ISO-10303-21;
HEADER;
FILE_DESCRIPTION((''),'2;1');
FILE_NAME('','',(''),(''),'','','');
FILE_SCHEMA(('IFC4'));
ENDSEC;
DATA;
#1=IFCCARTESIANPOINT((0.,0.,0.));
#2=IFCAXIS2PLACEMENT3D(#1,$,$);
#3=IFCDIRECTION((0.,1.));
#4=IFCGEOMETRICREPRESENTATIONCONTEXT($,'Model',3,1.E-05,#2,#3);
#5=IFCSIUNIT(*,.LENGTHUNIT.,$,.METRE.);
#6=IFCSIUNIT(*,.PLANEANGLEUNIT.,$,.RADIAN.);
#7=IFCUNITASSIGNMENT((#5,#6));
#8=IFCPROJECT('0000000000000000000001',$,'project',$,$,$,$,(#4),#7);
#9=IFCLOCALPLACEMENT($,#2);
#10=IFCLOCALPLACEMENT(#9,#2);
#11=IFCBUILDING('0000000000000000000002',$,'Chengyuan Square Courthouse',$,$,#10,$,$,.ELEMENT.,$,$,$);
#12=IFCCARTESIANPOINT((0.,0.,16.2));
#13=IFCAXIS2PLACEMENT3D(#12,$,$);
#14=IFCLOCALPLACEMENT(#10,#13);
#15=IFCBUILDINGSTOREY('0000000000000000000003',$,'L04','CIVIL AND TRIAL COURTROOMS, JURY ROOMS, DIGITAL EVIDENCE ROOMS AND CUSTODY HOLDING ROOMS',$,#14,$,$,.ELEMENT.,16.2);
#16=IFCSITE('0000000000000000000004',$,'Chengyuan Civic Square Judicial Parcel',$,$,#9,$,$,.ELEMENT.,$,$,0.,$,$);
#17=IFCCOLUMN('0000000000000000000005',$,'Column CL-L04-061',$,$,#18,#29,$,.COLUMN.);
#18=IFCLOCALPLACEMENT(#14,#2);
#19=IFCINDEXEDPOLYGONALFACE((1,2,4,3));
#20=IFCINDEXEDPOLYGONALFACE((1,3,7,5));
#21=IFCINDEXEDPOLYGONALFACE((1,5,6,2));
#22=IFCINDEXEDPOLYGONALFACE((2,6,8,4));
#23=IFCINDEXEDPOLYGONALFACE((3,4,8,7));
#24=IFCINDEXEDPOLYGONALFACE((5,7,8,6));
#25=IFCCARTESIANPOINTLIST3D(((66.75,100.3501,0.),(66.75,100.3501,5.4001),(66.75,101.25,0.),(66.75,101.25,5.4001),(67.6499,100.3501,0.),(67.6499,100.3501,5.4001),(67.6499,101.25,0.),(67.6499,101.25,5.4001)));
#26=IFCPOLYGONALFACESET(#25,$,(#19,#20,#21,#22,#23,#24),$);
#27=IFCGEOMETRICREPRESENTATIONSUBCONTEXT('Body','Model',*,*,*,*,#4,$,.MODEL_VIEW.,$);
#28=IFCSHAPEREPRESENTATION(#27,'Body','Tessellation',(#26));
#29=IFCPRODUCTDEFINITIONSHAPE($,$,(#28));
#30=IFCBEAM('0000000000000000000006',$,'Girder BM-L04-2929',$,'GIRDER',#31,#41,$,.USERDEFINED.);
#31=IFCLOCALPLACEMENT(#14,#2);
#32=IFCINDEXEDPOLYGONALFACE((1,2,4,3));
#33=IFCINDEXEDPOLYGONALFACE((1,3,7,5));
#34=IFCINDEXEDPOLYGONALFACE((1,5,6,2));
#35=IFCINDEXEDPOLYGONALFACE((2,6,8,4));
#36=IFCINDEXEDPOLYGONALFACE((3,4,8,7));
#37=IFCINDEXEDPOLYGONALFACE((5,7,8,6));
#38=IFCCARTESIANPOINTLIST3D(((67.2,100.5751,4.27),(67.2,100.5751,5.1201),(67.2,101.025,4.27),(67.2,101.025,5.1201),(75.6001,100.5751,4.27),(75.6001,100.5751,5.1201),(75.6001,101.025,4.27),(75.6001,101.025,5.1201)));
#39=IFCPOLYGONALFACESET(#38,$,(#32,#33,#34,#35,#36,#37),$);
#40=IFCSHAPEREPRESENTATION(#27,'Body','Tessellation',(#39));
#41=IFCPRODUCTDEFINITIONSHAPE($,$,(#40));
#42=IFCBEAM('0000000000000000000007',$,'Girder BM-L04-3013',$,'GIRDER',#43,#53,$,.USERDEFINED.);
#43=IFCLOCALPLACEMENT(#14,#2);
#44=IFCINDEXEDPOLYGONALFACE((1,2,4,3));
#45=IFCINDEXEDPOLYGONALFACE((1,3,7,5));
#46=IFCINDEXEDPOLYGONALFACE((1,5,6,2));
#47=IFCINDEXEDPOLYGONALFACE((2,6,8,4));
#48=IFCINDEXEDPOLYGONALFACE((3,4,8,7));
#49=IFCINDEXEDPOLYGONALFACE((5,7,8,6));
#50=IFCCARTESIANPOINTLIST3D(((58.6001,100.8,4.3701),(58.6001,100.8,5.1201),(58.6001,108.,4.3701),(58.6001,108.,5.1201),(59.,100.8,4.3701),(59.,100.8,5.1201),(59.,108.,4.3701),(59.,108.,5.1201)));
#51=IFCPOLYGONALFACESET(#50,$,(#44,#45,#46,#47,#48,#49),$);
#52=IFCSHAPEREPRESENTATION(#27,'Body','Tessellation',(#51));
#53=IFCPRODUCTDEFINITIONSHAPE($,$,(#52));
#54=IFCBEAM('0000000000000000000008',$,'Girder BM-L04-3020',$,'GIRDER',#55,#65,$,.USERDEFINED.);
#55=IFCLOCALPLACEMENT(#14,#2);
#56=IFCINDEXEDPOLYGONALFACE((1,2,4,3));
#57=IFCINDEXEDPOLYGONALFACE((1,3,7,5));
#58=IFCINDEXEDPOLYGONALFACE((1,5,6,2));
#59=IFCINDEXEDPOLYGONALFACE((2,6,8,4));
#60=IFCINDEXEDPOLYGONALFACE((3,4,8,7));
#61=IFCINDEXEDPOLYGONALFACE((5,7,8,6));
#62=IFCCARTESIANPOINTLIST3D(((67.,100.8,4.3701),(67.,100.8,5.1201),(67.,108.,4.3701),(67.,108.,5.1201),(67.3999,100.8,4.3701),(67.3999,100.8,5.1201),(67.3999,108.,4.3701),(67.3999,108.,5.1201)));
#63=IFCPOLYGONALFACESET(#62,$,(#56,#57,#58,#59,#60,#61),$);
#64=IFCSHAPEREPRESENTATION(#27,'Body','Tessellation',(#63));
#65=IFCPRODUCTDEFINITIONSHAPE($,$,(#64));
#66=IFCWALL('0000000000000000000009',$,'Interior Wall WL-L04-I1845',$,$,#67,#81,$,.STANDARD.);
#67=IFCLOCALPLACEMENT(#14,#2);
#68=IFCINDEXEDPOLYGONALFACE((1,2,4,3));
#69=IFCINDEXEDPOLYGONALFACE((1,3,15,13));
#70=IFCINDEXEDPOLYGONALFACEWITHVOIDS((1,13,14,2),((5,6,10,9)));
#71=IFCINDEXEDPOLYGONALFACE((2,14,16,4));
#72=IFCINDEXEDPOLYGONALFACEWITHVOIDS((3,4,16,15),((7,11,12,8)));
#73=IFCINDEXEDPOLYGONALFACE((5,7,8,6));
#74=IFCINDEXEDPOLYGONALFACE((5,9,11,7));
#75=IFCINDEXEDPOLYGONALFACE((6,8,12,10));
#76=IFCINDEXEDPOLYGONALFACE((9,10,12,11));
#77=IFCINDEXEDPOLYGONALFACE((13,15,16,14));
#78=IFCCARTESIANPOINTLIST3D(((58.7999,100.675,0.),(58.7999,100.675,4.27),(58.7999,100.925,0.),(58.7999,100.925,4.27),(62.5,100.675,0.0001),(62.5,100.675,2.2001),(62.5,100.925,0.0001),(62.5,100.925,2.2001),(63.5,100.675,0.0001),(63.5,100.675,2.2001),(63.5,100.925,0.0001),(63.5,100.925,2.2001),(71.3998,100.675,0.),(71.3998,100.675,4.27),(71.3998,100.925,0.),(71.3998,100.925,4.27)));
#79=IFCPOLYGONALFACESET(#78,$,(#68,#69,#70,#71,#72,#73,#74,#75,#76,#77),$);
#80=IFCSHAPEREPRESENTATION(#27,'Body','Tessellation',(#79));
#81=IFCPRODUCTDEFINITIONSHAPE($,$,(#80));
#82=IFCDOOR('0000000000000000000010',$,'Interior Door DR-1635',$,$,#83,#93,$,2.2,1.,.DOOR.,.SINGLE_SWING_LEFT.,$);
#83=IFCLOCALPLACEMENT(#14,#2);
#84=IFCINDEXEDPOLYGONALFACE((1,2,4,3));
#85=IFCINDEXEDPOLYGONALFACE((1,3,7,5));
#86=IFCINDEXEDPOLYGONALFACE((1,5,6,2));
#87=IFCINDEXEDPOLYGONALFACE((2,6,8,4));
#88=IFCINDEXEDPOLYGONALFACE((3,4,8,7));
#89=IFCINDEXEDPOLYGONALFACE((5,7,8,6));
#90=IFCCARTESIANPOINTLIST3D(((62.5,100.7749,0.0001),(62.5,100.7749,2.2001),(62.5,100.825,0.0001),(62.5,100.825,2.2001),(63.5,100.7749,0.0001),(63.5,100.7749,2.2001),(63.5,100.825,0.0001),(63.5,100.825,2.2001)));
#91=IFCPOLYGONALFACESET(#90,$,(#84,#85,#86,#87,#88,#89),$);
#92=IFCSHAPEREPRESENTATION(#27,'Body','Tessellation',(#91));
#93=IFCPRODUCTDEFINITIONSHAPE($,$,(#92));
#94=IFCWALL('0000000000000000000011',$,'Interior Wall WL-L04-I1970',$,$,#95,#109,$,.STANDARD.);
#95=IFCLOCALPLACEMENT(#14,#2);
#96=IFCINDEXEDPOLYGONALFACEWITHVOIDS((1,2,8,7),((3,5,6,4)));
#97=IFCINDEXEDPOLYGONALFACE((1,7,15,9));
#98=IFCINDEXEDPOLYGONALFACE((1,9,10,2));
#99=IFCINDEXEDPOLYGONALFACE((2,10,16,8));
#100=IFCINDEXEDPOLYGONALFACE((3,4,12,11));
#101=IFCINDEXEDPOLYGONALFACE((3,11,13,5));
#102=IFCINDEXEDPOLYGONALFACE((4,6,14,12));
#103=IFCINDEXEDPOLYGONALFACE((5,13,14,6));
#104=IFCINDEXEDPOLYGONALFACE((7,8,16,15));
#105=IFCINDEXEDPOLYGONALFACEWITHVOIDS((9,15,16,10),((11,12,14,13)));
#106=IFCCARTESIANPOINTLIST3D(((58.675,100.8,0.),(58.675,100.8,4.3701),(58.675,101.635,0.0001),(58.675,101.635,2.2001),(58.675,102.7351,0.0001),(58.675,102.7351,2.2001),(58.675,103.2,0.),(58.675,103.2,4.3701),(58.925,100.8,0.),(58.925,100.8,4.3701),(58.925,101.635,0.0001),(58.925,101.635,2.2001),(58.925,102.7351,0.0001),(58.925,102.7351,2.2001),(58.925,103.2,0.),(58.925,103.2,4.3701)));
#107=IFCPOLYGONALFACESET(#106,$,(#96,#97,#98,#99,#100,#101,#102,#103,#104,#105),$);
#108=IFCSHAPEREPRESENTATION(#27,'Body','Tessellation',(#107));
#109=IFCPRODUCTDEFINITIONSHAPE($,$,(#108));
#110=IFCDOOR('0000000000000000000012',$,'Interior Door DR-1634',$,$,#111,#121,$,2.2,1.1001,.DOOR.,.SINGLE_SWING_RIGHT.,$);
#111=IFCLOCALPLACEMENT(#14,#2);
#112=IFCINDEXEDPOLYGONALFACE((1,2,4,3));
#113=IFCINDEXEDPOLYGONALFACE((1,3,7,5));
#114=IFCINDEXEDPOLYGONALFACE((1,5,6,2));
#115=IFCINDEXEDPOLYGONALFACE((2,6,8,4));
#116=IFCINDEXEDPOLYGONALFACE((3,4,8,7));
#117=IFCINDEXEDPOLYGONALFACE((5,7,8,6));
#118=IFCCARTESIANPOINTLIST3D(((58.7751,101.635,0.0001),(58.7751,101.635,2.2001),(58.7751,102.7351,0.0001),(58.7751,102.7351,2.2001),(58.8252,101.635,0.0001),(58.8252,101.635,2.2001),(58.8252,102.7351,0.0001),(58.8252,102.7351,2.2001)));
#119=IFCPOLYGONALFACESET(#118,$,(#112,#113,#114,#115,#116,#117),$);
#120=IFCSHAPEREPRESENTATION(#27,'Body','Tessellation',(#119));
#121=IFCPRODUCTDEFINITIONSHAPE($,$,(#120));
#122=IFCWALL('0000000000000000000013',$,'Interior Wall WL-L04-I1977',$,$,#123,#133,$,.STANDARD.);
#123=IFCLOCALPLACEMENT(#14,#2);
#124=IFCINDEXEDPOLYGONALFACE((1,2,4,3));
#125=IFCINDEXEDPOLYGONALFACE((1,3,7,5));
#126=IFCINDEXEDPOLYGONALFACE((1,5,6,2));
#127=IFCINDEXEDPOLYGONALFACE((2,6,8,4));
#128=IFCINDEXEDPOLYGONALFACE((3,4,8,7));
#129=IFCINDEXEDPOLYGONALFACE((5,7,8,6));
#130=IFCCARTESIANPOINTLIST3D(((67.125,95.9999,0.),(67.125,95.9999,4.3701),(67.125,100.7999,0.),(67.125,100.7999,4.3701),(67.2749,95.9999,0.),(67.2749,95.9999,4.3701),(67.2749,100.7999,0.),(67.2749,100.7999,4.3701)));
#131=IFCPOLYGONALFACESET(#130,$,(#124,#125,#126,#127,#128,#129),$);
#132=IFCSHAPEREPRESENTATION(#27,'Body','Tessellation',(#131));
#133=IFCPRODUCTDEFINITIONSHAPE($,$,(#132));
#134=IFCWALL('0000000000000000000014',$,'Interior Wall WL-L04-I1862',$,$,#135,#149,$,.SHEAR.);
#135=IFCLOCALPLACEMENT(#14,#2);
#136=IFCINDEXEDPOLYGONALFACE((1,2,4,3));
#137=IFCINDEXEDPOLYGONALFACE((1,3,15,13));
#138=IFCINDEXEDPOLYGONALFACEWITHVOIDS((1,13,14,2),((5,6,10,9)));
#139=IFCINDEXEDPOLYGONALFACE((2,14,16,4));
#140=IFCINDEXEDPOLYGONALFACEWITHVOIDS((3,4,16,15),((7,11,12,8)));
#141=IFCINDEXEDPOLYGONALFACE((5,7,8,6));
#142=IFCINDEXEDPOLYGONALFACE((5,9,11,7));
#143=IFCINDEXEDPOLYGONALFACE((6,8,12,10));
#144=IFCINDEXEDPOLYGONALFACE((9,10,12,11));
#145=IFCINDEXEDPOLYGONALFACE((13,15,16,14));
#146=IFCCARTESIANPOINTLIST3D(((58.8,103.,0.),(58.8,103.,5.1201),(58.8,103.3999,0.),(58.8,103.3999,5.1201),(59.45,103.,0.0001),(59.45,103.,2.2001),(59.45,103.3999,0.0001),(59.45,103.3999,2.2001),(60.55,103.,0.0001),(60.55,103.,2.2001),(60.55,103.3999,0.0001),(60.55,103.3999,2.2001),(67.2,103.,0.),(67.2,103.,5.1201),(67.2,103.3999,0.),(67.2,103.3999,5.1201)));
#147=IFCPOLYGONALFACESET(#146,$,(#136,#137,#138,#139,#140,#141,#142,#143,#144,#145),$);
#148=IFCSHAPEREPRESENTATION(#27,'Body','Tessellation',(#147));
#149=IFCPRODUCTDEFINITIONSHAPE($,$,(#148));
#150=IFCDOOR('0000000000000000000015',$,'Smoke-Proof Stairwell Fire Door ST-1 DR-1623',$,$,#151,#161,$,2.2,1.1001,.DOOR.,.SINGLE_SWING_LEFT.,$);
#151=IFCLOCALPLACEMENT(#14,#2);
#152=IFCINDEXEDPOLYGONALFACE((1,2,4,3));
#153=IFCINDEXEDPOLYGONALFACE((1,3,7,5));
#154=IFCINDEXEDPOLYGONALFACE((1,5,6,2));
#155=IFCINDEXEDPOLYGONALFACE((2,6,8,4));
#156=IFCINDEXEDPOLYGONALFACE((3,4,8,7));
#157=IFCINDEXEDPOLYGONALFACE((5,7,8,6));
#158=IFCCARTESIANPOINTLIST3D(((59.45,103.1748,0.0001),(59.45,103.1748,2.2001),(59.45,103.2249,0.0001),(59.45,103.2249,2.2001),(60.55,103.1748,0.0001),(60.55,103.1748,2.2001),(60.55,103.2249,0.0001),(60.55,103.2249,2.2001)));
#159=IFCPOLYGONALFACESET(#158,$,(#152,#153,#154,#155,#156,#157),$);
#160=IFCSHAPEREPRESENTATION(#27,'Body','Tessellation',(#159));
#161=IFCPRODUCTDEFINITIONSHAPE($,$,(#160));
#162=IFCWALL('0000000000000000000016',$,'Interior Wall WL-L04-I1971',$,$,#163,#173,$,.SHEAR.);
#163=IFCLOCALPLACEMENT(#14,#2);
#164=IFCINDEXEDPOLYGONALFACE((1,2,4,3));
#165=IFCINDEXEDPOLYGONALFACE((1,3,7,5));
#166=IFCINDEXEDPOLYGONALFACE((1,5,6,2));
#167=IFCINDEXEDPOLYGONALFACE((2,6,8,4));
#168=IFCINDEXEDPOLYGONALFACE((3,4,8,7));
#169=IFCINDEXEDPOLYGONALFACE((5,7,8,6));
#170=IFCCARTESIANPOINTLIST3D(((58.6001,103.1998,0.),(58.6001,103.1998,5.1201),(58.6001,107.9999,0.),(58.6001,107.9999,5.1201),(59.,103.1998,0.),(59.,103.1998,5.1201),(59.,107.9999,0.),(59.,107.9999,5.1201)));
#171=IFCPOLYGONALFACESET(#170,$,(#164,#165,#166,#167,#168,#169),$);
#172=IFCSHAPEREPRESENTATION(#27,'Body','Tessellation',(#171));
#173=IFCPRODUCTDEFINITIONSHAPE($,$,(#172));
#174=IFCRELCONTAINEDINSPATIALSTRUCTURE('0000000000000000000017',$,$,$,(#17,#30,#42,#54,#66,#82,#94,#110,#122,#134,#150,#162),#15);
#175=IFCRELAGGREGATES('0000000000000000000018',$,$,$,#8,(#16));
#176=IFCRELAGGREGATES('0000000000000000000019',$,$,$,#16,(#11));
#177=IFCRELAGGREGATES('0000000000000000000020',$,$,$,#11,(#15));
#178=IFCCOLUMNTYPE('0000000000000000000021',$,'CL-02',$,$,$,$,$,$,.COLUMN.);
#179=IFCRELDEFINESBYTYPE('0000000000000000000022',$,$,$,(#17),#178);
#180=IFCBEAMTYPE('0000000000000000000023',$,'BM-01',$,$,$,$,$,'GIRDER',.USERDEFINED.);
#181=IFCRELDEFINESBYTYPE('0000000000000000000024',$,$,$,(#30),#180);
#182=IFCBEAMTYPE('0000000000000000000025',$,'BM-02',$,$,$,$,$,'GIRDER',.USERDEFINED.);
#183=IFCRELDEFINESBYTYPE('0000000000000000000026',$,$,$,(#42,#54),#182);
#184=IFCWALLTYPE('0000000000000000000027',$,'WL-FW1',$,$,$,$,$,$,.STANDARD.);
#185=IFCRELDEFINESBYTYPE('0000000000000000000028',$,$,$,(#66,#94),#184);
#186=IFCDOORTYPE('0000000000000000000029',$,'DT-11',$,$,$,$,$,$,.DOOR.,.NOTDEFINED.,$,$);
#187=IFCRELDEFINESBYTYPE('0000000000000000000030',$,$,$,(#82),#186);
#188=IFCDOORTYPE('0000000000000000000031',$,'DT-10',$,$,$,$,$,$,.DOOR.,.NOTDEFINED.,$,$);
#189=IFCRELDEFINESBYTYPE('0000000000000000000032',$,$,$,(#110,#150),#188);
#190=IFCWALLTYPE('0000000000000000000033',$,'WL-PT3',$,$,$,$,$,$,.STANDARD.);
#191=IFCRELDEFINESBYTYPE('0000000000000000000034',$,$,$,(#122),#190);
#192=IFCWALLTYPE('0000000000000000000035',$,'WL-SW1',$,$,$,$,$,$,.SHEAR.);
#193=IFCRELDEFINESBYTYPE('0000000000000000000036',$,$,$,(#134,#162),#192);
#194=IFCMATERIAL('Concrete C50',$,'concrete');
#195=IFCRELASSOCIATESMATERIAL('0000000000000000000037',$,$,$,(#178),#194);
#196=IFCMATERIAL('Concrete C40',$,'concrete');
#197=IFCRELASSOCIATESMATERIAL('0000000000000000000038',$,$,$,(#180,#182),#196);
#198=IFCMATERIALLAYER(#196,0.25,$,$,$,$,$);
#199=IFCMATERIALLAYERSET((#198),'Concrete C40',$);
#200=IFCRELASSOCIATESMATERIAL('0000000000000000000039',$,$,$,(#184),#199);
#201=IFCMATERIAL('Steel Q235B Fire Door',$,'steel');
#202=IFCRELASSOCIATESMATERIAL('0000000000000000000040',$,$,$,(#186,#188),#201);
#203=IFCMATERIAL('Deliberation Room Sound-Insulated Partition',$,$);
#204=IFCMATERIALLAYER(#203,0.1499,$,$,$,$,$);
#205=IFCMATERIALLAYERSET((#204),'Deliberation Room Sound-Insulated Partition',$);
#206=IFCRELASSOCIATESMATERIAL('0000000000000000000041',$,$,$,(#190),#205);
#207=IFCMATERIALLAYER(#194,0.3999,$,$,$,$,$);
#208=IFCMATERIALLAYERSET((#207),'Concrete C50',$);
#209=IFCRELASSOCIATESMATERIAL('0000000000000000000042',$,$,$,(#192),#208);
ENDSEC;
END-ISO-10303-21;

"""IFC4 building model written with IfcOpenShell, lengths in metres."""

from ifc_helpers import new_model, si_unit, direction, frame, frame_2d, origin, origin_2d, place, context, subcontext, project, spatial, rectangle, extrude, material, layer, layer_set, material_profile, profile_set, type_object, element, fill, save


model = new_model("IFC4")

# Units and contexts
model_context = context("Model", 3, precision=1e-05, world=origin(), true_north=direction((0.0, 1.0)))
body_context = subcontext(model_context, "Body", "Model", "MODEL_VIEW")
ifc_project = project(units=[si_unit("LENGTHUNIT", "METRE"), si_unit("PLANEANGLEUNIT", "RADIAN")], contexts=[model_context])

# Site, building, storey
site_placement = place(None, origin())
site = spatial("IfcSite", under=ifc_project, at=site_placement, Name="Chengyuan Civic Square Judicial Parcel", CompositionType="ELEMENT", RefElevation=0.0)
building_placement = place(site_placement, origin())
building = spatial("IfcBuilding", under=site, at=building_placement, Name="Chengyuan Square Courthouse", CompositionType="ELEMENT")
storey_placement = place(building_placement, frame((0.0, 0.0, 16.2)))
storey = spatial("IfcBuildingStorey", under=building, at=storey_placement, Name="L04", Description="CIVIL AND TRIAL COURTROOMS, JURY ROOMS, DIGITAL EVIDENCE ROOMS AND CUSTODY HOLDING ROOMS", CompositionType="ELEMENT", Elevation=16.2)

# Column
ifc_material_1 = material(Name="Concrete C50", Category="concrete")
ifc_material_profile_1 = material_profile(ifc_material_1, rectangle(XDim=0.8999, YDim=0.8999, at=origin_2d()), Name="RC-COL-900x900")
ifc_profile_set_1 = profile_set([ifc_material_profile_1], Name="Concrete C50")
column_type = type_object("IfcColumnType", Name="CL-02", PredefinedType="COLUMN", material=ifc_profile_set_1)
column_placement = place(storey_placement, frame((67.2, 100.8, 0.0), z_axis=(0.0, 0.0, 1.0), x_axis=(1.0, 0.0, 0.0)))
element("IfcColumn", 1, at=column_placement, inside=storey, type_object=column_type, Name="Column CL-L04-061", PredefinedType="COLUMN", context=body_context, shape_type="SweptSolid", body=[
    extrude(rectangle(XDim=0.8999, YDim=0.8999, at=origin_2d()), origin(), (0.0, 0.0, 1.0), 5.4001),
])

# Beams
ifc_material_2 = material(Name="Concrete C40", Category="concrete")
ifc_material_profile_2 = material_profile(ifc_material_2, rectangle(XDim=0.45, YDim=0.8501, at=origin_2d()), Name="RC-BM-450x850")
ifc_profile_set_2 = profile_set([ifc_material_profile_2], Name="Concrete C40")
beam_type_1 = type_object("IfcBeamType", Name="BM-01", ElementType="GIRDER", PredefinedType="USERDEFINED", material=ifc_profile_set_2)
beam_placement = place(storey_placement, frame((67.2, 100.8, 4.6951), z_axis=(1.0, 0.0, 0.0), x_axis=(0.0, 1.0, 0.0)))
element("IfcBeam", 2, at=beam_placement, inside=storey, type_object=beam_type_1, Name="Girder BM-L04-2929", ObjectType="GIRDER", PredefinedType="USERDEFINED", context=body_context, shape_type="SweptSolid", body=[
    extrude(rectangle(XDim=0.45, YDim=0.8501, at=origin_2d()), origin(), (0.0, 0.0, 1.0), 8.4001),
])
ifc_material_profile_3 = material_profile(ifc_material_2, rectangle(XDim=0.3999, YDim=0.75, at=origin_2d()), Name="RC-BM-400x750")
ifc_profile_set_3 = profile_set([ifc_material_profile_3], Name="Concrete C40")
beam_type_2 = type_object("IfcBeamType", Name="BM-02", ElementType="GIRDER", PredefinedType="USERDEFINED", material=ifc_profile_set_3)
for number, where, z_axis, x_axis, name in (
    (3, (58.8, 100.8, 4.7451), (0.0, 1.0, 0.0), (-1.0, 0.0, 0.0), "Girder BM-L04-3013"),
    (4, (67.2, 100.8, 4.7451), (0.0, 1.0, 0.0), (-1.0, 0.0, 0.0), "Girder BM-L04-3020"),
):
    element("IfcBeam", number, at=place(storey_placement, frame(where, z_axis=z_axis, x_axis=x_axis)), inside=storey, type_object=beam_type_2, Name=name, ObjectType="GIRDER", PredefinedType="USERDEFINED", context=body_context, shape_type="SweptSolid", body=[
        extrude(rectangle(XDim=0.3999, YDim=0.75, at=origin_2d()), origin(), (0.0, 0.0, 1.0), 7.2),
    ])

# Walls, openings, doors
ifc_layer_1 = layer(ifc_material_2, 0.25)
ifc_layer_set_1 = layer_set([ifc_layer_1], Name="Concrete C40")
wall_type_1 = type_object("IfcWallType", Name="WL-FW1", PredefinedType="STANDARD", material=ifc_layer_set_1)
wall_1_placement = place(storey_placement, frame((58.8, 100.8, 0.0), z_axis=(0.0, 0.0, 1.0), x_axis=(1.0, 0.0, 0.0)))
wall_1 = element("IfcWall", 5, at=wall_1_placement, inside=storey, type_object=wall_type_1, Name="Interior Wall WL-L04-I1845", PredefinedType="STANDARD", context=body_context, shape_type="SweptSolid", body=[
    extrude(rectangle(XDim=12.5999, YDim=0.25, at=frame_2d((6.2998, 0.0))), origin(), (0.0, 0.0, 1.0), 4.27),
])
opening_1_placement = place(wall_1_placement, frame((3.7, 0.0, 0.0)))
opening_1 = element("IfcOpeningElement", 6, at=opening_1_placement, cuts=wall_1, PredefinedType="OPENING", context=body_context, shape_type="SweptSolid", body=[
    extrude(rectangle(XDim=1.0, YDim=2.2, at=frame_2d((0.5, 1.1001))), frame((0.0, 0.137, 0.0), z_axis=(0.0, -1.0, 0.0), x_axis=(1.0, 0.0, 0.0)), (0.0, 0.0, 1.0), 0.2739),
])
ifc_material_3 = material(Name="Steel Q235B Fire Door", Category="steel")
door_type_1 = type_object("IfcDoorType", Name="DT-11", OperationType="NOTDEFINED", PredefinedType="DOOR", material=ifc_material_3)
door_1_placement = place(opening_1_placement, origin())
door_1 = element("IfcDoor", 7, at=door_1_placement, inside=storey, type_object=door_type_1, Name="Interior Door DR-1635", OperationType="SINGLE_SWING_LEFT", OverallHeight=2.2, OverallWidth=1.0, PredefinedType="DOOR", context=body_context, shape_type="SweptSolid", body=[
    extrude(rectangle(XDim=1.0, YDim=2.2, at=frame_2d((0.5, 1.1001))), frame((0.0, 0.0249, 0.0), z_axis=(0.0, -1.0, 0.0), x_axis=(1.0, 0.0, 0.0)), (0.0, 0.0, 1.0), 0.05),
])
fill(opening_1, door_1)
wall_2_placement = place(storey_placement, frame((58.8, 100.8, 0.0), z_axis=(0.0, 0.0, 1.0), x_axis=(0.0, 1.0, 0.0)))
wall_2 = element("IfcWall", 8, at=wall_2_placement, inside=storey, type_object=wall_type_1, Name="Interior Wall WL-L04-I1970", PredefinedType="STANDARD", context=body_context, shape_type="SweptSolid", body=[
    extrude(rectangle(XDim=2.3999, YDim=0.25, at=frame_2d((1.2, 0.0))), origin(), (0.0, 0.0, 1.0), 4.3701),
])
opening_2_placement = place(wall_2_placement, frame((0.835, 0.0, 0.0)))
opening_2 = element("IfcOpeningElement", 9, at=opening_2_placement, cuts=wall_2, PredefinedType="OPENING", context=body_context, shape_type="SweptSolid", body=[
    extrude(rectangle(XDim=1.1001, YDim=2.2, at=frame_2d((0.55, 1.1001))), frame((0.0, 0.137, 0.0), z_axis=(0.0, -1.0, 0.0), x_axis=(1.0, 0.0, 0.0)), (0.0, 0.0, 1.0), 0.2739),
])
door_type_2 = type_object("IfcDoorType", Name="DT-10", OperationType="NOTDEFINED", PredefinedType="DOOR", material=ifc_material_3)
door_2_placement = place(opening_2_placement, origin())
door_2 = element("IfcDoor", 10, at=door_2_placement, inside=storey, type_object=door_type_2, Name="Interior Door DR-1634", OperationType="SINGLE_SWING_RIGHT", OverallHeight=2.2, OverallWidth=1.1001, PredefinedType="DOOR", context=body_context, shape_type="SweptSolid", body=[
    extrude(rectangle(XDim=1.1001, YDim=2.2, at=frame_2d((0.55, 1.1001))), frame((0.0, 0.0249, 0.0), z_axis=(0.0, -1.0, 0.0), x_axis=(1.0, 0.0, 0.0)), (0.0, 0.0, 1.0), 0.05),
])
fill(opening_2, door_2)

# Wall
ifc_material_4 = material(Name="Deliberation Room Sound-Insulated Partition")
ifc_layer_2 = layer(ifc_material_4, 0.1499)
ifc_layer_set_2 = layer_set([ifc_layer_2], Name="Deliberation Room Sound-Insulated Partition")
wall_type_2 = type_object("IfcWallType", Name="WL-PT3", PredefinedType="STANDARD", material=ifc_layer_set_2)
wall_3_placement = place(storey_placement, frame((67.2, 96.0, 0.0), z_axis=(0.0, 0.0, 1.0), x_axis=(0.0, 1.0, 0.0)))
element("IfcWall", 11, at=wall_3_placement, inside=storey, type_object=wall_type_2, Name="Interior Wall WL-L04-I1977", PredefinedType="STANDARD", context=body_context, shape_type="SweptSolid", body=[
    extrude(rectangle(XDim=4.8, YDim=0.1499, at=frame_2d((2.3999, 0.0))), origin(), (0.0, 0.0, 1.0), 4.3701),
])

# Wall, opening, door
ifc_layer_3 = layer(ifc_material_1, 0.3999)
ifc_layer_set_3 = layer_set([ifc_layer_3], Name="Concrete C50")
wall_type_3 = type_object("IfcWallType", Name="WL-SW1", PredefinedType="SHEAR", material=ifc_layer_set_3)
wall_4_placement = place(storey_placement, frame((58.8, 103.2, 0.0), z_axis=(0.0, 0.0, 1.0), x_axis=(1.0, 0.0, 0.0)))
wall_4 = element("IfcWall", 12, at=wall_4_placement, inside=storey, type_object=wall_type_3, Name="Interior Wall WL-L04-I1862", PredefinedType="SHEAR", context=body_context, shape_type="SweptSolid", body=[
    extrude(rectangle(XDim=8.3999, YDim=0.3999, at=frame_2d((4.2, 0.0))), origin(), (0.0, 0.0, 1.0), 5.1201),
])
opening_3_placement = place(wall_4_placement, frame((0.6499, 0.0, 0.0)))
opening_3 = element("IfcOpeningElement", 13, at=opening_3_placement, cuts=wall_4, PredefinedType="OPENING", context=body_context, shape_type="SweptSolid", body=[
    extrude(rectangle(XDim=1.1001, YDim=2.2, at=frame_2d((0.55, 1.1001))), frame((0.0, 0.2119, 0.0), z_axis=(0.0, -1.0, 0.0), x_axis=(1.0, 0.0, 0.0)), (0.0, 0.0, 1.0), 0.4238),
])
door_3_placement = place(opening_3_placement, origin())
door_3 = element("IfcDoor", 14, at=door_3_placement, inside=storey, type_object=door_type_2, Name="Smoke-Proof Stairwell Fire Door ST-1 DR-1623", OperationType="SINGLE_SWING_LEFT", OverallHeight=2.2, OverallWidth=1.1001, PredefinedType="DOOR", context=body_context, shape_type="SweptSolid", body=[
    extrude(rectangle(XDim=1.1001, YDim=2.2, at=frame_2d((0.55, 1.1001))), frame((0.0, 0.0249, 0.0), z_axis=(0.0, -1.0, 0.0), x_axis=(1.0, 0.0, 0.0)), (0.0, 0.0, 1.0), 0.05),
])
fill(opening_3, door_3)

# Wall
wall_5_placement = place(storey_placement, frame((58.8, 103.2, 0.0), z_axis=(0.0, 0.0, 1.0), x_axis=(0.0, 1.0, 0.0)))
element("IfcWall", 15, at=wall_5_placement, inside=storey, type_object=wall_type_3, Name="Interior Wall WL-L04-I1971", PredefinedType="SHEAR", context=body_context, shape_type="SweptSolid", body=[
    extrude(rectangle(XDim=4.8, YDim=0.3999, at=frame_2d((2.3999, 0.0))), origin(), (0.0, 0.0, 1.0), 5.1201),
])

save(model, "model.ifc")
